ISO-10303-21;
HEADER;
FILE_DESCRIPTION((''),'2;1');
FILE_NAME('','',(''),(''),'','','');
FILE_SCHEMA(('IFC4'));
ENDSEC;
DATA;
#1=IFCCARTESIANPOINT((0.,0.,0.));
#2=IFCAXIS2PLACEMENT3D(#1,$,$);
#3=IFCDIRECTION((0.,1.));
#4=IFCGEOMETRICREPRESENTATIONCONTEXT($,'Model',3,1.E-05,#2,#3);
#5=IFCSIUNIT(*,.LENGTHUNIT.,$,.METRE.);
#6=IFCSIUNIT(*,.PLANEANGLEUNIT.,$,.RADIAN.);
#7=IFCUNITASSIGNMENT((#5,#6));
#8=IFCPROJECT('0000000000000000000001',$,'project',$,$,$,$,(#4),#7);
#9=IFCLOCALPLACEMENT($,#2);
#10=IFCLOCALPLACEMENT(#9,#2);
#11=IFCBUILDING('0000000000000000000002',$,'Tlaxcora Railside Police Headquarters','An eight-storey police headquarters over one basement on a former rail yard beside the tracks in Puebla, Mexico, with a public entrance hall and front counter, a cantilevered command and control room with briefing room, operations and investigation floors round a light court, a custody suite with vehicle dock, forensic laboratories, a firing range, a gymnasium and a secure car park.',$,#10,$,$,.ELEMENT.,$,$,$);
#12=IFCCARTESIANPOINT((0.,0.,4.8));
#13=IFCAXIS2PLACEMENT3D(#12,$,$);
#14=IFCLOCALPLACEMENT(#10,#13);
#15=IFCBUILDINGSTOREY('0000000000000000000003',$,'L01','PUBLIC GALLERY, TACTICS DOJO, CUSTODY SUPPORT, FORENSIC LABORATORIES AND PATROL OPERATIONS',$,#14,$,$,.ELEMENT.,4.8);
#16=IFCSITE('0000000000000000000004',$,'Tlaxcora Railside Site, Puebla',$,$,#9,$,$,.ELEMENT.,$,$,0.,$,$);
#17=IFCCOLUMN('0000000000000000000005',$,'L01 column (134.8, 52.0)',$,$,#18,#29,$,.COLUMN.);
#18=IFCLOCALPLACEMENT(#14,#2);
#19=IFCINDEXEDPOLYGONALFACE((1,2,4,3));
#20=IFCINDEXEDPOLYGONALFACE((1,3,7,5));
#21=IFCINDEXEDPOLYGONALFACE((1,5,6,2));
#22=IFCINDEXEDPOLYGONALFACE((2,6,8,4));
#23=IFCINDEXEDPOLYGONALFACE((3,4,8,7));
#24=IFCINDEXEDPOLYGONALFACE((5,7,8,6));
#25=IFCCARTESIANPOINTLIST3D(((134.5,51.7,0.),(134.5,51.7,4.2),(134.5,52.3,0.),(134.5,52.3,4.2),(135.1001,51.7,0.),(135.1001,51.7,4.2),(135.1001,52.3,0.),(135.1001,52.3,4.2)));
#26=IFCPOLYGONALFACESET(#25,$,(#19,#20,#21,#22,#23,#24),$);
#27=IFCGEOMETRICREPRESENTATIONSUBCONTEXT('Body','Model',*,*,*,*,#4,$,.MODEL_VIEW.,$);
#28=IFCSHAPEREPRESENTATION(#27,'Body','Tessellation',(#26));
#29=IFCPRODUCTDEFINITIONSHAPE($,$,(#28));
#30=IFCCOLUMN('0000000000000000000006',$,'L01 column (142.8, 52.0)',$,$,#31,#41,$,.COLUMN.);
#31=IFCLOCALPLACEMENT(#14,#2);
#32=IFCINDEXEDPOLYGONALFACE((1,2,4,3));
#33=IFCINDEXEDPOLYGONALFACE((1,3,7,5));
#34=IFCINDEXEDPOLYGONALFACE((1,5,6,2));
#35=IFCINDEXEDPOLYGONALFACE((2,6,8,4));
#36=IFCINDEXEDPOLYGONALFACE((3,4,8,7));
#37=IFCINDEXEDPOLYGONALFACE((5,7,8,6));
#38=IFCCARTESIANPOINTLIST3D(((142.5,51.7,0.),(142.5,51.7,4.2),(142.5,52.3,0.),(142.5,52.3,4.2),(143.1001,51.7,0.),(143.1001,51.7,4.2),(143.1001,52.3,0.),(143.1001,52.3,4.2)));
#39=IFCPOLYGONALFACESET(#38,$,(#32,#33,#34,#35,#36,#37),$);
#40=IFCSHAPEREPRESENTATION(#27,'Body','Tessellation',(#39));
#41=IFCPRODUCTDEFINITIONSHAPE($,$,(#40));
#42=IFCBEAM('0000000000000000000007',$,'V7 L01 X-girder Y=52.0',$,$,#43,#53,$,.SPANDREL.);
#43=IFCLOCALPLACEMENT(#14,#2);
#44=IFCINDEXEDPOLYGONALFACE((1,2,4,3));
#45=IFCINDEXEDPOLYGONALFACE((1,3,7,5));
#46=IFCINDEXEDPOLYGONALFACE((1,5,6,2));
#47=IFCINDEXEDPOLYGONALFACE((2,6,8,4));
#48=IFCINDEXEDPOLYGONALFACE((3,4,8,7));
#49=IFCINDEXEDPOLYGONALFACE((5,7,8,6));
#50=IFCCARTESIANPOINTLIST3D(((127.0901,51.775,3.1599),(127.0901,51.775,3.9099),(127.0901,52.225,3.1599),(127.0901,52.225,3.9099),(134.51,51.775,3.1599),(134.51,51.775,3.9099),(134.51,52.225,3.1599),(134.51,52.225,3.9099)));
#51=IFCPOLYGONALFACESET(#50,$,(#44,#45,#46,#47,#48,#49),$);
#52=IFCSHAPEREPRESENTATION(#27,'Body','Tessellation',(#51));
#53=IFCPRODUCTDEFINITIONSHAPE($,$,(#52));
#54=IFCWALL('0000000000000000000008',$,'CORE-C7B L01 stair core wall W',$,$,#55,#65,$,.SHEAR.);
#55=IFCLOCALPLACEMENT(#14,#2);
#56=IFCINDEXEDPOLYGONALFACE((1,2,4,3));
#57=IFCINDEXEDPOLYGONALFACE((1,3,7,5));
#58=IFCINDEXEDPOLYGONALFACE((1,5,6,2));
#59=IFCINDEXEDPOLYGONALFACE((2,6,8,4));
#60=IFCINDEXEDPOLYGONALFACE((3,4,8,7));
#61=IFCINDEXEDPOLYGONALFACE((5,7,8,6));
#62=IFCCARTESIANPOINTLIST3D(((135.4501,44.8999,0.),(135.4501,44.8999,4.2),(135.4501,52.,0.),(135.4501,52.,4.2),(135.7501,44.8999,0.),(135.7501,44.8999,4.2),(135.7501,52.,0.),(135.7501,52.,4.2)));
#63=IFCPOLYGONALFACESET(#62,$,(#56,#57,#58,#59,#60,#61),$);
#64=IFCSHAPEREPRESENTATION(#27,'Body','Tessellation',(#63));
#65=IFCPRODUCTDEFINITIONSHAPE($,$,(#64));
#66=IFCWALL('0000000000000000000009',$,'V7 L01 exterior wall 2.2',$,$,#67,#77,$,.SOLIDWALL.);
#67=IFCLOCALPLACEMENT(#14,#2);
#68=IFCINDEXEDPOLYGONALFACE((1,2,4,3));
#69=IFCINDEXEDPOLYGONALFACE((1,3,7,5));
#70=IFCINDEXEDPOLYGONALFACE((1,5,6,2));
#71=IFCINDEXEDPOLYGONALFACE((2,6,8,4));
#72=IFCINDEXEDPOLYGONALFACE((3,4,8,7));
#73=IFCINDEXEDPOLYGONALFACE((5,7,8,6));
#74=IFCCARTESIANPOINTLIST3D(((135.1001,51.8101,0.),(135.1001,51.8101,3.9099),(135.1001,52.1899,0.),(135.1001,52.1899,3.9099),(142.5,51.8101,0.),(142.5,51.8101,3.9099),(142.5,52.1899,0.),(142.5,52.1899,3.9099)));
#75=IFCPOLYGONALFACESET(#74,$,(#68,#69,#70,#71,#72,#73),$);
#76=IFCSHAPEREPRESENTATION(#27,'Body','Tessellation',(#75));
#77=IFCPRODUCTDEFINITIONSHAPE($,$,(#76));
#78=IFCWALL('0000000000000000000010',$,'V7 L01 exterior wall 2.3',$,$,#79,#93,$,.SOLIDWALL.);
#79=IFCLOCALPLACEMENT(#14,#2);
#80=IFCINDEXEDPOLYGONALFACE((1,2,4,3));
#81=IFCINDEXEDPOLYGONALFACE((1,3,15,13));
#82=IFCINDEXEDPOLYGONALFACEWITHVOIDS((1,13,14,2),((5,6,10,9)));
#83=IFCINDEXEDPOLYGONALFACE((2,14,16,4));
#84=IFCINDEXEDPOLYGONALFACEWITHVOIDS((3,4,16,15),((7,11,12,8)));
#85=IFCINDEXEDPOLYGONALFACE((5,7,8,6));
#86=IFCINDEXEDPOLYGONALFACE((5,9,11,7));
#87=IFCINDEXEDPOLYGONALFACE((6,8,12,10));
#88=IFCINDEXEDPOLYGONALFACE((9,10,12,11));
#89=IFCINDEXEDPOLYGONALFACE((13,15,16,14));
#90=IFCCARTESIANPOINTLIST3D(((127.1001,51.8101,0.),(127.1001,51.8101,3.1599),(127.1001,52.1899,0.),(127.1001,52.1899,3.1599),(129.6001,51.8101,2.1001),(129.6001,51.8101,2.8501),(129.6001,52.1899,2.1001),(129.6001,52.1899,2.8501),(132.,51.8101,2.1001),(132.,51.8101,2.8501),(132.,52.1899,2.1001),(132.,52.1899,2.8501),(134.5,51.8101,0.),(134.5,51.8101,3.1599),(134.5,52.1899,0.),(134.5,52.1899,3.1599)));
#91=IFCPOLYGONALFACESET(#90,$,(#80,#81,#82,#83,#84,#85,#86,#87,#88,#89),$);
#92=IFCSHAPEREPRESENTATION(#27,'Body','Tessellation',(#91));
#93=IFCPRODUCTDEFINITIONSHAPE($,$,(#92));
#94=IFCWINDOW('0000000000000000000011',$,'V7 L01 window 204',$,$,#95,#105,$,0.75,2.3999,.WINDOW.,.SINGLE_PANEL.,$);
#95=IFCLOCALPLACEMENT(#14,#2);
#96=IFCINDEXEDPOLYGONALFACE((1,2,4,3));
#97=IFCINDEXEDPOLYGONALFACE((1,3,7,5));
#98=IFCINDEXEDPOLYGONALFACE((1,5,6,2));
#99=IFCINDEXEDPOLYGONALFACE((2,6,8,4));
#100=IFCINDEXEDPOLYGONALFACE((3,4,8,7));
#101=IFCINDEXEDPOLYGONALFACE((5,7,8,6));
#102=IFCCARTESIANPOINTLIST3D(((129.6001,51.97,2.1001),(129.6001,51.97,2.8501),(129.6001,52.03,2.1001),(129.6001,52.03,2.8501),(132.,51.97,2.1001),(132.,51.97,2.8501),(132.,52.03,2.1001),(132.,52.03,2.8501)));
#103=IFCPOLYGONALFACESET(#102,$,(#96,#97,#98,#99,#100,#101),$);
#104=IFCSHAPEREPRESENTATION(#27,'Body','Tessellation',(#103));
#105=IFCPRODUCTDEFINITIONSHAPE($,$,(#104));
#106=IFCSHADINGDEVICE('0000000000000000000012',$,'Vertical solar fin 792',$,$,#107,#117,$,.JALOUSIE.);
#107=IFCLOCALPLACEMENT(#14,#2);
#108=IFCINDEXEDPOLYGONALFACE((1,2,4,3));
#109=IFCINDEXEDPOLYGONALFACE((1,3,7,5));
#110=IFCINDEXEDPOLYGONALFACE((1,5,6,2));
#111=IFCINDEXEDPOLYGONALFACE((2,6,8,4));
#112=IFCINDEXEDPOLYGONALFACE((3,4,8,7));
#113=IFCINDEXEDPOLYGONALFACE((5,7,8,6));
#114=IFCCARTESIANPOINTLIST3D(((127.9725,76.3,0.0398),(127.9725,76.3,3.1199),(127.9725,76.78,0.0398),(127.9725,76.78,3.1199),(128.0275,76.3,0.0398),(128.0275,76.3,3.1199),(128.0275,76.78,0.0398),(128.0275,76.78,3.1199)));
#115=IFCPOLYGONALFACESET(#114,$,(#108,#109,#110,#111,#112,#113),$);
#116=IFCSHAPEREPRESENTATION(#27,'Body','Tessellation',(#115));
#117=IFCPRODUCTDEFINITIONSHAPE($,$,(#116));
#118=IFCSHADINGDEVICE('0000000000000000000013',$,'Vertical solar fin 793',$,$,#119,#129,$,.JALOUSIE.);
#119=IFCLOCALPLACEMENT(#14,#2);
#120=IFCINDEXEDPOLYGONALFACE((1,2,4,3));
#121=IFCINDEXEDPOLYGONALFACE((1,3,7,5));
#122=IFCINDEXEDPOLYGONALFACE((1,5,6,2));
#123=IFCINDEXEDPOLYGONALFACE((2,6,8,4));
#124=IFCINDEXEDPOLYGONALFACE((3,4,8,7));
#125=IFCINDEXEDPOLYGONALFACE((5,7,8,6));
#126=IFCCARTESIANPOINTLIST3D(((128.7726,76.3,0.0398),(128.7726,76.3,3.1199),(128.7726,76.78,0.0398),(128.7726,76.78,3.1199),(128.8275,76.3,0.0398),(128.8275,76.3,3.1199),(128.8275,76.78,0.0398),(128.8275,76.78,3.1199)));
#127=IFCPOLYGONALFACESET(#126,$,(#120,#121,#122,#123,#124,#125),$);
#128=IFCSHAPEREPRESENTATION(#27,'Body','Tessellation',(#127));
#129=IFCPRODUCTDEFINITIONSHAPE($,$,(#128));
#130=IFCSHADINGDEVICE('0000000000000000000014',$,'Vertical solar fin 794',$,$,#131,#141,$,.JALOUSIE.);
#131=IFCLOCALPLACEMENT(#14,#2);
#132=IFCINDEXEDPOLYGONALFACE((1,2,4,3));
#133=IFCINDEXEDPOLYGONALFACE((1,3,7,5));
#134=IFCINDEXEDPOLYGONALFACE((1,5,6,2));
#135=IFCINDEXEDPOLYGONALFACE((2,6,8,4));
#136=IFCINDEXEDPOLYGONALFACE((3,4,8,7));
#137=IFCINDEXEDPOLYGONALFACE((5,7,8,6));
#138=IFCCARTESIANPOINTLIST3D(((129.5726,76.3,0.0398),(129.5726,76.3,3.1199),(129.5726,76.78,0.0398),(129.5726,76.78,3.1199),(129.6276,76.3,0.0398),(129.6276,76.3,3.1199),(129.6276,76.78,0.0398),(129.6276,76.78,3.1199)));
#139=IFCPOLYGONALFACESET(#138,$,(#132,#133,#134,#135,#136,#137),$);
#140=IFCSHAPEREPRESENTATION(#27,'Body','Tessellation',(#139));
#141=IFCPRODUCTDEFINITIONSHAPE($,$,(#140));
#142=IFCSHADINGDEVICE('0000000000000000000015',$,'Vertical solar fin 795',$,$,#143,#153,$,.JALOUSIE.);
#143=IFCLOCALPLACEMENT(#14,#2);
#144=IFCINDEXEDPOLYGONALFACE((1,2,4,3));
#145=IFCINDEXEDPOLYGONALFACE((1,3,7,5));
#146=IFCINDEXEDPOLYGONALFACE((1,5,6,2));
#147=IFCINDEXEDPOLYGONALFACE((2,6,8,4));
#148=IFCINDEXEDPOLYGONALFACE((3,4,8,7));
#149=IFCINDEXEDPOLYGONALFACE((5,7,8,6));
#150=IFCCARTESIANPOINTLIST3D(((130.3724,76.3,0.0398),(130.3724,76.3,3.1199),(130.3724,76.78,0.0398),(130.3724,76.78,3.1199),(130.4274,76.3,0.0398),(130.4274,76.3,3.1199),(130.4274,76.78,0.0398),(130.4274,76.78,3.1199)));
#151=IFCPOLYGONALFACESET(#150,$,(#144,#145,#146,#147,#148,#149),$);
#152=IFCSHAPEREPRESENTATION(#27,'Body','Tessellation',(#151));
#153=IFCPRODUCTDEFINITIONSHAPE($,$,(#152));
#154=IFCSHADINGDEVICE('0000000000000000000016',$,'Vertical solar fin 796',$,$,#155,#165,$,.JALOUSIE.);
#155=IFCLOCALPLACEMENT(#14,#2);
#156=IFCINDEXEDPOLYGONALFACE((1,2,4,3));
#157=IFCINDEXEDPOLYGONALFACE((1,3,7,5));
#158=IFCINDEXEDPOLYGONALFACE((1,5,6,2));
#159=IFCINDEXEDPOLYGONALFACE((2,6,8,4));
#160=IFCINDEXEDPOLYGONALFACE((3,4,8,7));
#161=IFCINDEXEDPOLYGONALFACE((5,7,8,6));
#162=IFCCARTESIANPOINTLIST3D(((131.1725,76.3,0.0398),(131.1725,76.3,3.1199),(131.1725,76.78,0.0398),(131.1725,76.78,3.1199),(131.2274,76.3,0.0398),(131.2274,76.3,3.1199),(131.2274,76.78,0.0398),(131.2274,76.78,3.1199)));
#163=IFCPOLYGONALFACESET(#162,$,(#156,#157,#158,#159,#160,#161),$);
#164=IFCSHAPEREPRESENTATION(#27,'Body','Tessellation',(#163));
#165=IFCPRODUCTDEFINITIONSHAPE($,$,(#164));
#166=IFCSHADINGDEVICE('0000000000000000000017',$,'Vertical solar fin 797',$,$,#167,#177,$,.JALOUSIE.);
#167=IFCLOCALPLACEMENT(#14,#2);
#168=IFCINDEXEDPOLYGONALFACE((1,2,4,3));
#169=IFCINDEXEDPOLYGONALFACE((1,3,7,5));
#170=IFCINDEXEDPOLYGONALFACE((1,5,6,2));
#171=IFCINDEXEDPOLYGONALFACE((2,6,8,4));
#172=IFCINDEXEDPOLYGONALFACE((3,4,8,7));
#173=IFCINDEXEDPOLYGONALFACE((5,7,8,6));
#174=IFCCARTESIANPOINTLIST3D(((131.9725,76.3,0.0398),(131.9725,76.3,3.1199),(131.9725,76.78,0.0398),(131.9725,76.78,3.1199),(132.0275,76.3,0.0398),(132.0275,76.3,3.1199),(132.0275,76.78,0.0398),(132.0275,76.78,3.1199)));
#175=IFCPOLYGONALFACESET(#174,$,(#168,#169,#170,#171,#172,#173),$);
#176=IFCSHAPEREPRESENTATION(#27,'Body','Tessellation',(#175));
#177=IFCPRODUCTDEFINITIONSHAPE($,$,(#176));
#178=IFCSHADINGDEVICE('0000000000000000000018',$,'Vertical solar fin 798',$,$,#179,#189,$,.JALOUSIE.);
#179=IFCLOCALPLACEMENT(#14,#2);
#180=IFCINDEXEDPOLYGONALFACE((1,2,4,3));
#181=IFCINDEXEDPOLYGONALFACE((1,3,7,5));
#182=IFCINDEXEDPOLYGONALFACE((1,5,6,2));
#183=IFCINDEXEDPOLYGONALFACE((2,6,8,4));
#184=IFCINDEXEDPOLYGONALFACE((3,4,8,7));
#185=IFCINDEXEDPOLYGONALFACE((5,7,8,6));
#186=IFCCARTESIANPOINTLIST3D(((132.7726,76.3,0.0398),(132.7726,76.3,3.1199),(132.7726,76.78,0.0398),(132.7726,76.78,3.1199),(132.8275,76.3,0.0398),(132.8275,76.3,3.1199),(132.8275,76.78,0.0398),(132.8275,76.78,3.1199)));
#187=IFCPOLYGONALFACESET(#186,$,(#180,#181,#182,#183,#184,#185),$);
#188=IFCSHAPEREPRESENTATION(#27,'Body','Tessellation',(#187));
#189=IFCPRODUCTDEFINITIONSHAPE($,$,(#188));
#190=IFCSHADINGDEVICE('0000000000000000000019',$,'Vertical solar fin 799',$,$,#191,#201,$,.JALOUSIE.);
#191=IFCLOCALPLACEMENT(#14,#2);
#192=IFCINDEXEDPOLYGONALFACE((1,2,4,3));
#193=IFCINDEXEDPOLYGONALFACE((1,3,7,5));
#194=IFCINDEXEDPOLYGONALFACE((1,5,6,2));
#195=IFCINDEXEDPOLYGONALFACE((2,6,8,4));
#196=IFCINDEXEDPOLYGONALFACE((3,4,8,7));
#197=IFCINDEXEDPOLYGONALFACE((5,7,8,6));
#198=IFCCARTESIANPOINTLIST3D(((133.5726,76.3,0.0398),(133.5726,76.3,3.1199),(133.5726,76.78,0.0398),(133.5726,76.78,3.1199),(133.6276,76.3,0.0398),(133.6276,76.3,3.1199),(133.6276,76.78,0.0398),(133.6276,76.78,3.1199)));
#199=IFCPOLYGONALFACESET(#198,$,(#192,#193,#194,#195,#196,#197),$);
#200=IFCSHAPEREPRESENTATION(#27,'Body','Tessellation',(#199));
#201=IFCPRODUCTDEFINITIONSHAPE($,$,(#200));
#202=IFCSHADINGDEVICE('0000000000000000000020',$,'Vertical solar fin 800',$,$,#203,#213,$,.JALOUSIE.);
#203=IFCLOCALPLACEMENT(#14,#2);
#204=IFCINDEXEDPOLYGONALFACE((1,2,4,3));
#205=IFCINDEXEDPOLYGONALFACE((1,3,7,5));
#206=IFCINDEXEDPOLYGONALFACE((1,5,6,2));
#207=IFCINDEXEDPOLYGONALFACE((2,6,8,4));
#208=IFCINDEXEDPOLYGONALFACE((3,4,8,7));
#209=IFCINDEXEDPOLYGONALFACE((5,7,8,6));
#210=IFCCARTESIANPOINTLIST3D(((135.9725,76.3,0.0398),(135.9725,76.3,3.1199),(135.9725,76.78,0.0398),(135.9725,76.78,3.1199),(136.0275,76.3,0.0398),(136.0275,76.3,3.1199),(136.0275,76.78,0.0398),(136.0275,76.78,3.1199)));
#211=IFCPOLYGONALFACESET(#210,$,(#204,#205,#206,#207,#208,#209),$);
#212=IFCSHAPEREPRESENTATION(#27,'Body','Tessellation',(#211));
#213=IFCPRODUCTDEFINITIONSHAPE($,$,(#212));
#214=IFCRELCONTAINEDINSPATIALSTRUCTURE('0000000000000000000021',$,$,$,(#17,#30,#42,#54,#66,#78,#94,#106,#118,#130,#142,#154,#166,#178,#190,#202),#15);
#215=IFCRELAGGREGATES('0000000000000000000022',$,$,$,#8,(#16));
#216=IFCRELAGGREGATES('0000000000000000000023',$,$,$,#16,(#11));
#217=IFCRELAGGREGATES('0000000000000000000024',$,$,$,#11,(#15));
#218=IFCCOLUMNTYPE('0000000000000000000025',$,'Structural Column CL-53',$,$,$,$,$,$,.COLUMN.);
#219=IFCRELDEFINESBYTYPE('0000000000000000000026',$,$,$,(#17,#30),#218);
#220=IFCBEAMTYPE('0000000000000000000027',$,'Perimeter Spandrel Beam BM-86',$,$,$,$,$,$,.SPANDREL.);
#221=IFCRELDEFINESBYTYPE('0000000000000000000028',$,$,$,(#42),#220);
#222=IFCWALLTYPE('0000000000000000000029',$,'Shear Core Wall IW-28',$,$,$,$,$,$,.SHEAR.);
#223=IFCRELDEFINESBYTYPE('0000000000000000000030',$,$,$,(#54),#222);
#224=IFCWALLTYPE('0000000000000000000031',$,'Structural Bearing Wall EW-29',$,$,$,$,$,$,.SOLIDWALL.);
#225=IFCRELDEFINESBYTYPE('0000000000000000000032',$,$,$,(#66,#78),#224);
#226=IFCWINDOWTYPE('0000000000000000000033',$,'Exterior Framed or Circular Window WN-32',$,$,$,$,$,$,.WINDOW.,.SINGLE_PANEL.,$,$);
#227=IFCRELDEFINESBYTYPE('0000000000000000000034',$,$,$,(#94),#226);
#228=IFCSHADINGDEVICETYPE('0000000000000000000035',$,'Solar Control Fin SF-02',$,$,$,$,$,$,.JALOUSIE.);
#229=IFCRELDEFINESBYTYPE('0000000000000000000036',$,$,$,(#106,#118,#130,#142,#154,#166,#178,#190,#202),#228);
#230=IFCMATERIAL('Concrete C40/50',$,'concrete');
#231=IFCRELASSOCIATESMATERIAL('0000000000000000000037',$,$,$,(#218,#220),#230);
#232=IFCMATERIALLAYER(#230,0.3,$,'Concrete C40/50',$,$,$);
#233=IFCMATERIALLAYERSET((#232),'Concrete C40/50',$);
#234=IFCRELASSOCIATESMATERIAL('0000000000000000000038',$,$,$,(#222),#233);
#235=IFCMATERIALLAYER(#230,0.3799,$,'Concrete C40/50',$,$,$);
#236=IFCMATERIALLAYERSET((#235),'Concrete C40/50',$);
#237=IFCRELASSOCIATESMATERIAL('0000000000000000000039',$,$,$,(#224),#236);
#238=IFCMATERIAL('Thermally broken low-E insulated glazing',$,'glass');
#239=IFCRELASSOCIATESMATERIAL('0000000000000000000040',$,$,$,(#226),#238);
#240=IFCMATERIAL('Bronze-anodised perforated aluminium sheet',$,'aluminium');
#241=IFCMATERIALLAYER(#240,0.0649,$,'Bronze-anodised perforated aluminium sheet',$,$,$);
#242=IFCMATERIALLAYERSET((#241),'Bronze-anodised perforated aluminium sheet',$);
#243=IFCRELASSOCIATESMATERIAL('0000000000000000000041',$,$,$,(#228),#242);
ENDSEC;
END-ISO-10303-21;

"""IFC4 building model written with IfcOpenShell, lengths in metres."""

from ifc_helpers import new_model, si_unit, direction, frame, frame_2d, origin, origin_2d, place, context, subcontext, project, spatial, rectangle, extrude, material, layer, layer_set, material_profile, profile_set, type_object, element, fill, save


model = new_model("IFC4")

# Units and contexts
model_context = context("Model", 3, precision=1e-05, world=origin(), true_north=direction((0.0, 1.0)))
body_context = subcontext(model_context, "Body", "Model", "MODEL_VIEW")
ifc_project = project(units=[si_unit("LENGTHUNIT", "METRE"), si_unit("PLANEANGLEUNIT", "RADIAN")], contexts=[model_context])

# Site, building, storey
site_placement = place(None, origin())
site = spatial("IfcSite", under=ifc_project, at=site_placement, Name="Tlaxcora Railside Site, Puebla", CompositionType="ELEMENT", RefElevation=0.0)
building_placement = place(site_placement, origin())
building = spatial("IfcBuilding", under=site, at=building_placement, Name="Tlaxcora Railside Police Headquarters", Description="An eight-storey police headquarters over one basement on a former rail yard beside the tracks in Puebla, Mexico, with a public entrance hall and front counter, a cantilevered command and control room with briefing room, operations and investigation floors round a light court, a custody suite with vehicle dock, forensic laboratories, a firing range, a gymnasium and a secure car park.", CompositionType="ELEMENT")
storey_placement = place(building_placement, frame((0.0, 0.0, 4.8)))
storey = spatial("IfcBuildingStorey", under=building, at=storey_placement, Name="L01", Description="PUBLIC GALLERY, TACTICS DOJO, CUSTODY SUPPORT, FORENSIC LABORATORIES AND PATROL OPERATIONS", CompositionType="ELEMENT", Elevation=4.8)

# Columns
ifc_material_1 = material(Name="Concrete C40/50", Category="concrete")
ifc_material_profile_1 = material_profile(ifc_material_1, rectangle(XDim=0.6001, YDim=0.6001, at=origin_2d()), Name="RC600X600")
ifc_profile_set_1 = profile_set([ifc_material_profile_1], Name="Concrete C40/50")
column_type = type_object("IfcColumnType", Name="Structural Column CL-53", PredefinedType="COLUMN", material=ifc_profile_set_1)
for number, where, z_axis, x_axis, name in (
    (1, (134.8, 52.0, 0.0), (0.0, 0.0, 1.0), (1.0, 0.0, 0.0), "L01 column (134.8, 52.0)"),
    (2, (142.8, 52.0, 0.0), (0.0, 0.0, 1.0), (1.0, 0.0, 0.0), "L01 column (142.8, 52.0)"),
):
    element("IfcColumn", number, at=place(storey_placement, frame(where, z_axis=z_axis, x_axis=x_axis)), inside=storey, type_object=column_type, Name=name, PredefinedType="COLUMN", context=body_context, shape_type="SweptSolid", body=[
        extrude(rectangle(XDim=0.6001, YDim=0.6001, at=origin_2d()), origin(), (0.0, 0.0, 1.0), 4.2),
    ])

# Beam
ifc_material_profile_2 = material_profile(ifc_material_1, rectangle(XDim=0.45, YDim=0.75, at=origin_2d()), Name="RC450X750")
ifc_profile_set_2 = profile_set([ifc_material_profile_2], Name="Concrete C40/50")
beam_type = type_object("IfcBeamType", Name="Perimeter Spandrel Beam BM-86", PredefinedType="SPANDREL", material=ifc_profile_set_2)
beam_placement = place(storey_placement, frame((127.0901, 52.0, 3.5349), z_axis=(1.0, 0.0, 0.0), x_axis=(0.0, 1.0, 0.0)))
element("IfcBeam", 3, at=beam_placement, inside=storey, type_object=beam_type, Name="V7 L01 X-girder Y=52.0", PredefinedType="SPANDREL", context=body_context, shape_type="SweptSolid", body=[
    extrude(rectangle(XDim=0.45, YDim=0.75, at=origin_2d()), origin(), (0.0, 0.0, 1.0), 7.4199),
])

# Walls
ifc_layer_1 = layer(ifc_material_1, 0.3, Name="Concrete C40/50")
ifc_layer_set_1 = layer_set([ifc_layer_1], Name="Concrete C40/50")
wall_type_1 = type_object("IfcWallType", Name="Shear Core Wall IW-28", PredefinedType="SHEAR", material=ifc_layer_set_1)
wall_1_placement = place(storey_placement, frame((135.6001, 52.0, 0.0), z_axis=(0.0, 0.0, 1.0), x_axis=(0.0, -1.0, 0.0)))
element("IfcWall", 4, at=wall_1_placement, inside=storey, type_object=wall_type_1, Name="CORE-C7B L01 stair core wall W", PredefinedType="SHEAR", context=body_context, shape_type="SweptSolid", body=[
    extrude(rectangle(XDim=7.1001, YDim=0.3, at=frame_2d((3.55, 0.0))), origin(), (0.0, 0.0, 1.0), 4.2),
])
ifc_layer_2 = layer(ifc_material_1, 0.3799, Name="Concrete C40/50")
ifc_layer_set_2 = layer_set([ifc_layer_2], Name="Concrete C40/50")
wall_type_2 = type_object("IfcWallType", Name="Structural Bearing Wall EW-29", PredefinedType="SOLIDWALL", material=ifc_layer_set_2)
wall_2_placement = place(storey_placement, frame((142.5, 52.0, 0.0), z_axis=(0.0, 0.0, 1.0), x_axis=(-1.0, 0.0, 0.0)))
element("IfcWall", 5, at=wall_2_placement, inside=storey, type_object=wall_type_2, Name="V7 L01 exterior wall 2.2", PredefinedType="SOLIDWALL", context=body_context, shape_type="SweptSolid", body=[
    extrude(rectangle(XDim=7.3999, YDim=0.3799, at=frame_2d((3.7, 0.0))), origin(), (0.0, 0.0, 1.0), 3.9099),
])

# Wall, opening, window
wall_3_placement = place(storey_placement, frame((134.5, 52.0, 0.0), z_axis=(0.0, 0.0, 1.0), x_axis=(-1.0, 0.0, 0.0)))
wall_3 = element("IfcWall", 6, at=wall_3_placement, inside=storey, type_object=wall_type_2, Name="V7 L01 exterior wall 2.3", PredefinedType="SOLIDWALL", context=body_context, shape_type="SweptSolid", body=[
    extrude(rectangle(XDim=7.3999, YDim=0.3799, at=frame_2d((3.7, 0.0))), origin(), (0.0, 0.0, 1.0), 3.1599),
])
opening_placement = place(wall_3_placement, frame((2.5, 0.0, 2.1001)))
opening = element("IfcOpeningElement", 7, at=opening_placement, cuts=wall_3, PredefinedType="OPENING", context=body_context, shape_type="SweptSolid", body=[
    extrude(rectangle(XDim=2.3999, YDim=0.75, at=frame_2d((1.2, 0.375))), frame((0.0, 0.2, 0.0), z_axis=(0.0, -1.0, 0.0), x_axis=(1.0, 0.0, 0.0)), (0.0, 0.0, 1.0), 0.3999),
])
ifc_material_2 = material(Name="Thermally broken low-E insulated glazing", Category="glass")
window_type = type_object("IfcWindowType", Name="Exterior Framed or Circular Window WN-32", PartitioningType="SINGLE_PANEL", PredefinedType="WINDOW", material=ifc_material_2)
window_placement = place(opening_placement, origin())
window = element("IfcWindow", 8, at=window_placement, inside=storey, type_object=window_type, Name="V7 L01 window 204", OverallHeight=0.75, OverallWidth=2.3999, PartitioningType="SINGLE_PANEL", PredefinedType="WINDOW", context=body_context, shape_type="SweptSolid", body=[
    extrude(rectangle(XDim=2.3999, YDim=0.75, at=frame_2d((1.2, 0.375))), frame((0.0, 0.03, 0.0), z_axis=(0.0, -1.0, 0.0), x_axis=(1.0, 0.0, 0.0)), (0.0, 0.0, 1.0), 0.0601),
])
fill(opening, window)

# Shading devices
ifc_material_3 = material(Name="Bronze-anodised perforated aluminium sheet", Category="aluminium")
ifc_layer_3 = layer(ifc_material_3, 0.0649, Name="Bronze-anodised perforated aluminium sheet")
ifc_layer_set_3 = layer_set([ifc_layer_3], Name="Bronze-anodised perforated aluminium sheet")
shading_device_type = type_object("IfcShadingDeviceType", Name="Solar Control Fin SF-02", PredefinedType="JALOUSIE", material=ifc_layer_set_3)
for number, where, z_axis, x_axis, name in (
    (9, (128.0, 76.54, 0.0398), (0.0, 0.0, 1.0), (0.0, -1.0, 0.0), "Vertical solar fin 792"),
    (10, (128.8, 76.54, 0.0398), (0.0, 0.0, 1.0), (0.0, -1.0, 0.0), "Vertical solar fin 793"),
    (11, (129.6001, 76.54, 0.0398), (0.0, 0.0, 1.0), (0.0, -1.0, 0.0), "Vertical solar fin 794"),
    (12, (130.3999, 76.54, 0.0398), (0.0, 0.0, 1.0), (0.0, -1.0, 0.0), "Vertical solar fin 795"),
    (13, (131.2, 76.54, 0.0398), (0.0, 0.0, 1.0), (0.0, -1.0, 0.0), "Vertical solar fin 796"),
    (14, (132.0, 76.54, 0.0398), (0.0, 0.0, 1.0), (0.0, -1.0, 0.0), "Vertical solar fin 797"),
    (15, (132.8, 76.54, 0.0398), (0.0, 0.0, 1.0), (0.0, -1.0, 0.0), "Vertical solar fin 798"),
    (16, (133.6001, 76.54, 0.0398), (0.0, 0.0, 1.0), (0.0, -1.0, 0.0), "Vertical solar fin 799"),
    (17, (136.0, 76.54, 0.0398), (0.0, 0.0, 1.0), (0.0, -1.0, 0.0), "Vertical solar fin 800"),
):
    element("IfcShadingDevice", number, at=place(storey_placement, frame(where, z_axis=z_axis, x_axis=x_axis)), inside=storey, type_object=shading_device_type, Name=name, PredefinedType="JALOUSIE", context=body_context, shape_type="SweptSolid", body=[
        extrude(rectangle(XDim=0.48, YDim=0.0549, at=origin_2d()), origin(), (0.0, 0.0, 1.0), 3.0801),
    ])

save(model, "model.ifc")
